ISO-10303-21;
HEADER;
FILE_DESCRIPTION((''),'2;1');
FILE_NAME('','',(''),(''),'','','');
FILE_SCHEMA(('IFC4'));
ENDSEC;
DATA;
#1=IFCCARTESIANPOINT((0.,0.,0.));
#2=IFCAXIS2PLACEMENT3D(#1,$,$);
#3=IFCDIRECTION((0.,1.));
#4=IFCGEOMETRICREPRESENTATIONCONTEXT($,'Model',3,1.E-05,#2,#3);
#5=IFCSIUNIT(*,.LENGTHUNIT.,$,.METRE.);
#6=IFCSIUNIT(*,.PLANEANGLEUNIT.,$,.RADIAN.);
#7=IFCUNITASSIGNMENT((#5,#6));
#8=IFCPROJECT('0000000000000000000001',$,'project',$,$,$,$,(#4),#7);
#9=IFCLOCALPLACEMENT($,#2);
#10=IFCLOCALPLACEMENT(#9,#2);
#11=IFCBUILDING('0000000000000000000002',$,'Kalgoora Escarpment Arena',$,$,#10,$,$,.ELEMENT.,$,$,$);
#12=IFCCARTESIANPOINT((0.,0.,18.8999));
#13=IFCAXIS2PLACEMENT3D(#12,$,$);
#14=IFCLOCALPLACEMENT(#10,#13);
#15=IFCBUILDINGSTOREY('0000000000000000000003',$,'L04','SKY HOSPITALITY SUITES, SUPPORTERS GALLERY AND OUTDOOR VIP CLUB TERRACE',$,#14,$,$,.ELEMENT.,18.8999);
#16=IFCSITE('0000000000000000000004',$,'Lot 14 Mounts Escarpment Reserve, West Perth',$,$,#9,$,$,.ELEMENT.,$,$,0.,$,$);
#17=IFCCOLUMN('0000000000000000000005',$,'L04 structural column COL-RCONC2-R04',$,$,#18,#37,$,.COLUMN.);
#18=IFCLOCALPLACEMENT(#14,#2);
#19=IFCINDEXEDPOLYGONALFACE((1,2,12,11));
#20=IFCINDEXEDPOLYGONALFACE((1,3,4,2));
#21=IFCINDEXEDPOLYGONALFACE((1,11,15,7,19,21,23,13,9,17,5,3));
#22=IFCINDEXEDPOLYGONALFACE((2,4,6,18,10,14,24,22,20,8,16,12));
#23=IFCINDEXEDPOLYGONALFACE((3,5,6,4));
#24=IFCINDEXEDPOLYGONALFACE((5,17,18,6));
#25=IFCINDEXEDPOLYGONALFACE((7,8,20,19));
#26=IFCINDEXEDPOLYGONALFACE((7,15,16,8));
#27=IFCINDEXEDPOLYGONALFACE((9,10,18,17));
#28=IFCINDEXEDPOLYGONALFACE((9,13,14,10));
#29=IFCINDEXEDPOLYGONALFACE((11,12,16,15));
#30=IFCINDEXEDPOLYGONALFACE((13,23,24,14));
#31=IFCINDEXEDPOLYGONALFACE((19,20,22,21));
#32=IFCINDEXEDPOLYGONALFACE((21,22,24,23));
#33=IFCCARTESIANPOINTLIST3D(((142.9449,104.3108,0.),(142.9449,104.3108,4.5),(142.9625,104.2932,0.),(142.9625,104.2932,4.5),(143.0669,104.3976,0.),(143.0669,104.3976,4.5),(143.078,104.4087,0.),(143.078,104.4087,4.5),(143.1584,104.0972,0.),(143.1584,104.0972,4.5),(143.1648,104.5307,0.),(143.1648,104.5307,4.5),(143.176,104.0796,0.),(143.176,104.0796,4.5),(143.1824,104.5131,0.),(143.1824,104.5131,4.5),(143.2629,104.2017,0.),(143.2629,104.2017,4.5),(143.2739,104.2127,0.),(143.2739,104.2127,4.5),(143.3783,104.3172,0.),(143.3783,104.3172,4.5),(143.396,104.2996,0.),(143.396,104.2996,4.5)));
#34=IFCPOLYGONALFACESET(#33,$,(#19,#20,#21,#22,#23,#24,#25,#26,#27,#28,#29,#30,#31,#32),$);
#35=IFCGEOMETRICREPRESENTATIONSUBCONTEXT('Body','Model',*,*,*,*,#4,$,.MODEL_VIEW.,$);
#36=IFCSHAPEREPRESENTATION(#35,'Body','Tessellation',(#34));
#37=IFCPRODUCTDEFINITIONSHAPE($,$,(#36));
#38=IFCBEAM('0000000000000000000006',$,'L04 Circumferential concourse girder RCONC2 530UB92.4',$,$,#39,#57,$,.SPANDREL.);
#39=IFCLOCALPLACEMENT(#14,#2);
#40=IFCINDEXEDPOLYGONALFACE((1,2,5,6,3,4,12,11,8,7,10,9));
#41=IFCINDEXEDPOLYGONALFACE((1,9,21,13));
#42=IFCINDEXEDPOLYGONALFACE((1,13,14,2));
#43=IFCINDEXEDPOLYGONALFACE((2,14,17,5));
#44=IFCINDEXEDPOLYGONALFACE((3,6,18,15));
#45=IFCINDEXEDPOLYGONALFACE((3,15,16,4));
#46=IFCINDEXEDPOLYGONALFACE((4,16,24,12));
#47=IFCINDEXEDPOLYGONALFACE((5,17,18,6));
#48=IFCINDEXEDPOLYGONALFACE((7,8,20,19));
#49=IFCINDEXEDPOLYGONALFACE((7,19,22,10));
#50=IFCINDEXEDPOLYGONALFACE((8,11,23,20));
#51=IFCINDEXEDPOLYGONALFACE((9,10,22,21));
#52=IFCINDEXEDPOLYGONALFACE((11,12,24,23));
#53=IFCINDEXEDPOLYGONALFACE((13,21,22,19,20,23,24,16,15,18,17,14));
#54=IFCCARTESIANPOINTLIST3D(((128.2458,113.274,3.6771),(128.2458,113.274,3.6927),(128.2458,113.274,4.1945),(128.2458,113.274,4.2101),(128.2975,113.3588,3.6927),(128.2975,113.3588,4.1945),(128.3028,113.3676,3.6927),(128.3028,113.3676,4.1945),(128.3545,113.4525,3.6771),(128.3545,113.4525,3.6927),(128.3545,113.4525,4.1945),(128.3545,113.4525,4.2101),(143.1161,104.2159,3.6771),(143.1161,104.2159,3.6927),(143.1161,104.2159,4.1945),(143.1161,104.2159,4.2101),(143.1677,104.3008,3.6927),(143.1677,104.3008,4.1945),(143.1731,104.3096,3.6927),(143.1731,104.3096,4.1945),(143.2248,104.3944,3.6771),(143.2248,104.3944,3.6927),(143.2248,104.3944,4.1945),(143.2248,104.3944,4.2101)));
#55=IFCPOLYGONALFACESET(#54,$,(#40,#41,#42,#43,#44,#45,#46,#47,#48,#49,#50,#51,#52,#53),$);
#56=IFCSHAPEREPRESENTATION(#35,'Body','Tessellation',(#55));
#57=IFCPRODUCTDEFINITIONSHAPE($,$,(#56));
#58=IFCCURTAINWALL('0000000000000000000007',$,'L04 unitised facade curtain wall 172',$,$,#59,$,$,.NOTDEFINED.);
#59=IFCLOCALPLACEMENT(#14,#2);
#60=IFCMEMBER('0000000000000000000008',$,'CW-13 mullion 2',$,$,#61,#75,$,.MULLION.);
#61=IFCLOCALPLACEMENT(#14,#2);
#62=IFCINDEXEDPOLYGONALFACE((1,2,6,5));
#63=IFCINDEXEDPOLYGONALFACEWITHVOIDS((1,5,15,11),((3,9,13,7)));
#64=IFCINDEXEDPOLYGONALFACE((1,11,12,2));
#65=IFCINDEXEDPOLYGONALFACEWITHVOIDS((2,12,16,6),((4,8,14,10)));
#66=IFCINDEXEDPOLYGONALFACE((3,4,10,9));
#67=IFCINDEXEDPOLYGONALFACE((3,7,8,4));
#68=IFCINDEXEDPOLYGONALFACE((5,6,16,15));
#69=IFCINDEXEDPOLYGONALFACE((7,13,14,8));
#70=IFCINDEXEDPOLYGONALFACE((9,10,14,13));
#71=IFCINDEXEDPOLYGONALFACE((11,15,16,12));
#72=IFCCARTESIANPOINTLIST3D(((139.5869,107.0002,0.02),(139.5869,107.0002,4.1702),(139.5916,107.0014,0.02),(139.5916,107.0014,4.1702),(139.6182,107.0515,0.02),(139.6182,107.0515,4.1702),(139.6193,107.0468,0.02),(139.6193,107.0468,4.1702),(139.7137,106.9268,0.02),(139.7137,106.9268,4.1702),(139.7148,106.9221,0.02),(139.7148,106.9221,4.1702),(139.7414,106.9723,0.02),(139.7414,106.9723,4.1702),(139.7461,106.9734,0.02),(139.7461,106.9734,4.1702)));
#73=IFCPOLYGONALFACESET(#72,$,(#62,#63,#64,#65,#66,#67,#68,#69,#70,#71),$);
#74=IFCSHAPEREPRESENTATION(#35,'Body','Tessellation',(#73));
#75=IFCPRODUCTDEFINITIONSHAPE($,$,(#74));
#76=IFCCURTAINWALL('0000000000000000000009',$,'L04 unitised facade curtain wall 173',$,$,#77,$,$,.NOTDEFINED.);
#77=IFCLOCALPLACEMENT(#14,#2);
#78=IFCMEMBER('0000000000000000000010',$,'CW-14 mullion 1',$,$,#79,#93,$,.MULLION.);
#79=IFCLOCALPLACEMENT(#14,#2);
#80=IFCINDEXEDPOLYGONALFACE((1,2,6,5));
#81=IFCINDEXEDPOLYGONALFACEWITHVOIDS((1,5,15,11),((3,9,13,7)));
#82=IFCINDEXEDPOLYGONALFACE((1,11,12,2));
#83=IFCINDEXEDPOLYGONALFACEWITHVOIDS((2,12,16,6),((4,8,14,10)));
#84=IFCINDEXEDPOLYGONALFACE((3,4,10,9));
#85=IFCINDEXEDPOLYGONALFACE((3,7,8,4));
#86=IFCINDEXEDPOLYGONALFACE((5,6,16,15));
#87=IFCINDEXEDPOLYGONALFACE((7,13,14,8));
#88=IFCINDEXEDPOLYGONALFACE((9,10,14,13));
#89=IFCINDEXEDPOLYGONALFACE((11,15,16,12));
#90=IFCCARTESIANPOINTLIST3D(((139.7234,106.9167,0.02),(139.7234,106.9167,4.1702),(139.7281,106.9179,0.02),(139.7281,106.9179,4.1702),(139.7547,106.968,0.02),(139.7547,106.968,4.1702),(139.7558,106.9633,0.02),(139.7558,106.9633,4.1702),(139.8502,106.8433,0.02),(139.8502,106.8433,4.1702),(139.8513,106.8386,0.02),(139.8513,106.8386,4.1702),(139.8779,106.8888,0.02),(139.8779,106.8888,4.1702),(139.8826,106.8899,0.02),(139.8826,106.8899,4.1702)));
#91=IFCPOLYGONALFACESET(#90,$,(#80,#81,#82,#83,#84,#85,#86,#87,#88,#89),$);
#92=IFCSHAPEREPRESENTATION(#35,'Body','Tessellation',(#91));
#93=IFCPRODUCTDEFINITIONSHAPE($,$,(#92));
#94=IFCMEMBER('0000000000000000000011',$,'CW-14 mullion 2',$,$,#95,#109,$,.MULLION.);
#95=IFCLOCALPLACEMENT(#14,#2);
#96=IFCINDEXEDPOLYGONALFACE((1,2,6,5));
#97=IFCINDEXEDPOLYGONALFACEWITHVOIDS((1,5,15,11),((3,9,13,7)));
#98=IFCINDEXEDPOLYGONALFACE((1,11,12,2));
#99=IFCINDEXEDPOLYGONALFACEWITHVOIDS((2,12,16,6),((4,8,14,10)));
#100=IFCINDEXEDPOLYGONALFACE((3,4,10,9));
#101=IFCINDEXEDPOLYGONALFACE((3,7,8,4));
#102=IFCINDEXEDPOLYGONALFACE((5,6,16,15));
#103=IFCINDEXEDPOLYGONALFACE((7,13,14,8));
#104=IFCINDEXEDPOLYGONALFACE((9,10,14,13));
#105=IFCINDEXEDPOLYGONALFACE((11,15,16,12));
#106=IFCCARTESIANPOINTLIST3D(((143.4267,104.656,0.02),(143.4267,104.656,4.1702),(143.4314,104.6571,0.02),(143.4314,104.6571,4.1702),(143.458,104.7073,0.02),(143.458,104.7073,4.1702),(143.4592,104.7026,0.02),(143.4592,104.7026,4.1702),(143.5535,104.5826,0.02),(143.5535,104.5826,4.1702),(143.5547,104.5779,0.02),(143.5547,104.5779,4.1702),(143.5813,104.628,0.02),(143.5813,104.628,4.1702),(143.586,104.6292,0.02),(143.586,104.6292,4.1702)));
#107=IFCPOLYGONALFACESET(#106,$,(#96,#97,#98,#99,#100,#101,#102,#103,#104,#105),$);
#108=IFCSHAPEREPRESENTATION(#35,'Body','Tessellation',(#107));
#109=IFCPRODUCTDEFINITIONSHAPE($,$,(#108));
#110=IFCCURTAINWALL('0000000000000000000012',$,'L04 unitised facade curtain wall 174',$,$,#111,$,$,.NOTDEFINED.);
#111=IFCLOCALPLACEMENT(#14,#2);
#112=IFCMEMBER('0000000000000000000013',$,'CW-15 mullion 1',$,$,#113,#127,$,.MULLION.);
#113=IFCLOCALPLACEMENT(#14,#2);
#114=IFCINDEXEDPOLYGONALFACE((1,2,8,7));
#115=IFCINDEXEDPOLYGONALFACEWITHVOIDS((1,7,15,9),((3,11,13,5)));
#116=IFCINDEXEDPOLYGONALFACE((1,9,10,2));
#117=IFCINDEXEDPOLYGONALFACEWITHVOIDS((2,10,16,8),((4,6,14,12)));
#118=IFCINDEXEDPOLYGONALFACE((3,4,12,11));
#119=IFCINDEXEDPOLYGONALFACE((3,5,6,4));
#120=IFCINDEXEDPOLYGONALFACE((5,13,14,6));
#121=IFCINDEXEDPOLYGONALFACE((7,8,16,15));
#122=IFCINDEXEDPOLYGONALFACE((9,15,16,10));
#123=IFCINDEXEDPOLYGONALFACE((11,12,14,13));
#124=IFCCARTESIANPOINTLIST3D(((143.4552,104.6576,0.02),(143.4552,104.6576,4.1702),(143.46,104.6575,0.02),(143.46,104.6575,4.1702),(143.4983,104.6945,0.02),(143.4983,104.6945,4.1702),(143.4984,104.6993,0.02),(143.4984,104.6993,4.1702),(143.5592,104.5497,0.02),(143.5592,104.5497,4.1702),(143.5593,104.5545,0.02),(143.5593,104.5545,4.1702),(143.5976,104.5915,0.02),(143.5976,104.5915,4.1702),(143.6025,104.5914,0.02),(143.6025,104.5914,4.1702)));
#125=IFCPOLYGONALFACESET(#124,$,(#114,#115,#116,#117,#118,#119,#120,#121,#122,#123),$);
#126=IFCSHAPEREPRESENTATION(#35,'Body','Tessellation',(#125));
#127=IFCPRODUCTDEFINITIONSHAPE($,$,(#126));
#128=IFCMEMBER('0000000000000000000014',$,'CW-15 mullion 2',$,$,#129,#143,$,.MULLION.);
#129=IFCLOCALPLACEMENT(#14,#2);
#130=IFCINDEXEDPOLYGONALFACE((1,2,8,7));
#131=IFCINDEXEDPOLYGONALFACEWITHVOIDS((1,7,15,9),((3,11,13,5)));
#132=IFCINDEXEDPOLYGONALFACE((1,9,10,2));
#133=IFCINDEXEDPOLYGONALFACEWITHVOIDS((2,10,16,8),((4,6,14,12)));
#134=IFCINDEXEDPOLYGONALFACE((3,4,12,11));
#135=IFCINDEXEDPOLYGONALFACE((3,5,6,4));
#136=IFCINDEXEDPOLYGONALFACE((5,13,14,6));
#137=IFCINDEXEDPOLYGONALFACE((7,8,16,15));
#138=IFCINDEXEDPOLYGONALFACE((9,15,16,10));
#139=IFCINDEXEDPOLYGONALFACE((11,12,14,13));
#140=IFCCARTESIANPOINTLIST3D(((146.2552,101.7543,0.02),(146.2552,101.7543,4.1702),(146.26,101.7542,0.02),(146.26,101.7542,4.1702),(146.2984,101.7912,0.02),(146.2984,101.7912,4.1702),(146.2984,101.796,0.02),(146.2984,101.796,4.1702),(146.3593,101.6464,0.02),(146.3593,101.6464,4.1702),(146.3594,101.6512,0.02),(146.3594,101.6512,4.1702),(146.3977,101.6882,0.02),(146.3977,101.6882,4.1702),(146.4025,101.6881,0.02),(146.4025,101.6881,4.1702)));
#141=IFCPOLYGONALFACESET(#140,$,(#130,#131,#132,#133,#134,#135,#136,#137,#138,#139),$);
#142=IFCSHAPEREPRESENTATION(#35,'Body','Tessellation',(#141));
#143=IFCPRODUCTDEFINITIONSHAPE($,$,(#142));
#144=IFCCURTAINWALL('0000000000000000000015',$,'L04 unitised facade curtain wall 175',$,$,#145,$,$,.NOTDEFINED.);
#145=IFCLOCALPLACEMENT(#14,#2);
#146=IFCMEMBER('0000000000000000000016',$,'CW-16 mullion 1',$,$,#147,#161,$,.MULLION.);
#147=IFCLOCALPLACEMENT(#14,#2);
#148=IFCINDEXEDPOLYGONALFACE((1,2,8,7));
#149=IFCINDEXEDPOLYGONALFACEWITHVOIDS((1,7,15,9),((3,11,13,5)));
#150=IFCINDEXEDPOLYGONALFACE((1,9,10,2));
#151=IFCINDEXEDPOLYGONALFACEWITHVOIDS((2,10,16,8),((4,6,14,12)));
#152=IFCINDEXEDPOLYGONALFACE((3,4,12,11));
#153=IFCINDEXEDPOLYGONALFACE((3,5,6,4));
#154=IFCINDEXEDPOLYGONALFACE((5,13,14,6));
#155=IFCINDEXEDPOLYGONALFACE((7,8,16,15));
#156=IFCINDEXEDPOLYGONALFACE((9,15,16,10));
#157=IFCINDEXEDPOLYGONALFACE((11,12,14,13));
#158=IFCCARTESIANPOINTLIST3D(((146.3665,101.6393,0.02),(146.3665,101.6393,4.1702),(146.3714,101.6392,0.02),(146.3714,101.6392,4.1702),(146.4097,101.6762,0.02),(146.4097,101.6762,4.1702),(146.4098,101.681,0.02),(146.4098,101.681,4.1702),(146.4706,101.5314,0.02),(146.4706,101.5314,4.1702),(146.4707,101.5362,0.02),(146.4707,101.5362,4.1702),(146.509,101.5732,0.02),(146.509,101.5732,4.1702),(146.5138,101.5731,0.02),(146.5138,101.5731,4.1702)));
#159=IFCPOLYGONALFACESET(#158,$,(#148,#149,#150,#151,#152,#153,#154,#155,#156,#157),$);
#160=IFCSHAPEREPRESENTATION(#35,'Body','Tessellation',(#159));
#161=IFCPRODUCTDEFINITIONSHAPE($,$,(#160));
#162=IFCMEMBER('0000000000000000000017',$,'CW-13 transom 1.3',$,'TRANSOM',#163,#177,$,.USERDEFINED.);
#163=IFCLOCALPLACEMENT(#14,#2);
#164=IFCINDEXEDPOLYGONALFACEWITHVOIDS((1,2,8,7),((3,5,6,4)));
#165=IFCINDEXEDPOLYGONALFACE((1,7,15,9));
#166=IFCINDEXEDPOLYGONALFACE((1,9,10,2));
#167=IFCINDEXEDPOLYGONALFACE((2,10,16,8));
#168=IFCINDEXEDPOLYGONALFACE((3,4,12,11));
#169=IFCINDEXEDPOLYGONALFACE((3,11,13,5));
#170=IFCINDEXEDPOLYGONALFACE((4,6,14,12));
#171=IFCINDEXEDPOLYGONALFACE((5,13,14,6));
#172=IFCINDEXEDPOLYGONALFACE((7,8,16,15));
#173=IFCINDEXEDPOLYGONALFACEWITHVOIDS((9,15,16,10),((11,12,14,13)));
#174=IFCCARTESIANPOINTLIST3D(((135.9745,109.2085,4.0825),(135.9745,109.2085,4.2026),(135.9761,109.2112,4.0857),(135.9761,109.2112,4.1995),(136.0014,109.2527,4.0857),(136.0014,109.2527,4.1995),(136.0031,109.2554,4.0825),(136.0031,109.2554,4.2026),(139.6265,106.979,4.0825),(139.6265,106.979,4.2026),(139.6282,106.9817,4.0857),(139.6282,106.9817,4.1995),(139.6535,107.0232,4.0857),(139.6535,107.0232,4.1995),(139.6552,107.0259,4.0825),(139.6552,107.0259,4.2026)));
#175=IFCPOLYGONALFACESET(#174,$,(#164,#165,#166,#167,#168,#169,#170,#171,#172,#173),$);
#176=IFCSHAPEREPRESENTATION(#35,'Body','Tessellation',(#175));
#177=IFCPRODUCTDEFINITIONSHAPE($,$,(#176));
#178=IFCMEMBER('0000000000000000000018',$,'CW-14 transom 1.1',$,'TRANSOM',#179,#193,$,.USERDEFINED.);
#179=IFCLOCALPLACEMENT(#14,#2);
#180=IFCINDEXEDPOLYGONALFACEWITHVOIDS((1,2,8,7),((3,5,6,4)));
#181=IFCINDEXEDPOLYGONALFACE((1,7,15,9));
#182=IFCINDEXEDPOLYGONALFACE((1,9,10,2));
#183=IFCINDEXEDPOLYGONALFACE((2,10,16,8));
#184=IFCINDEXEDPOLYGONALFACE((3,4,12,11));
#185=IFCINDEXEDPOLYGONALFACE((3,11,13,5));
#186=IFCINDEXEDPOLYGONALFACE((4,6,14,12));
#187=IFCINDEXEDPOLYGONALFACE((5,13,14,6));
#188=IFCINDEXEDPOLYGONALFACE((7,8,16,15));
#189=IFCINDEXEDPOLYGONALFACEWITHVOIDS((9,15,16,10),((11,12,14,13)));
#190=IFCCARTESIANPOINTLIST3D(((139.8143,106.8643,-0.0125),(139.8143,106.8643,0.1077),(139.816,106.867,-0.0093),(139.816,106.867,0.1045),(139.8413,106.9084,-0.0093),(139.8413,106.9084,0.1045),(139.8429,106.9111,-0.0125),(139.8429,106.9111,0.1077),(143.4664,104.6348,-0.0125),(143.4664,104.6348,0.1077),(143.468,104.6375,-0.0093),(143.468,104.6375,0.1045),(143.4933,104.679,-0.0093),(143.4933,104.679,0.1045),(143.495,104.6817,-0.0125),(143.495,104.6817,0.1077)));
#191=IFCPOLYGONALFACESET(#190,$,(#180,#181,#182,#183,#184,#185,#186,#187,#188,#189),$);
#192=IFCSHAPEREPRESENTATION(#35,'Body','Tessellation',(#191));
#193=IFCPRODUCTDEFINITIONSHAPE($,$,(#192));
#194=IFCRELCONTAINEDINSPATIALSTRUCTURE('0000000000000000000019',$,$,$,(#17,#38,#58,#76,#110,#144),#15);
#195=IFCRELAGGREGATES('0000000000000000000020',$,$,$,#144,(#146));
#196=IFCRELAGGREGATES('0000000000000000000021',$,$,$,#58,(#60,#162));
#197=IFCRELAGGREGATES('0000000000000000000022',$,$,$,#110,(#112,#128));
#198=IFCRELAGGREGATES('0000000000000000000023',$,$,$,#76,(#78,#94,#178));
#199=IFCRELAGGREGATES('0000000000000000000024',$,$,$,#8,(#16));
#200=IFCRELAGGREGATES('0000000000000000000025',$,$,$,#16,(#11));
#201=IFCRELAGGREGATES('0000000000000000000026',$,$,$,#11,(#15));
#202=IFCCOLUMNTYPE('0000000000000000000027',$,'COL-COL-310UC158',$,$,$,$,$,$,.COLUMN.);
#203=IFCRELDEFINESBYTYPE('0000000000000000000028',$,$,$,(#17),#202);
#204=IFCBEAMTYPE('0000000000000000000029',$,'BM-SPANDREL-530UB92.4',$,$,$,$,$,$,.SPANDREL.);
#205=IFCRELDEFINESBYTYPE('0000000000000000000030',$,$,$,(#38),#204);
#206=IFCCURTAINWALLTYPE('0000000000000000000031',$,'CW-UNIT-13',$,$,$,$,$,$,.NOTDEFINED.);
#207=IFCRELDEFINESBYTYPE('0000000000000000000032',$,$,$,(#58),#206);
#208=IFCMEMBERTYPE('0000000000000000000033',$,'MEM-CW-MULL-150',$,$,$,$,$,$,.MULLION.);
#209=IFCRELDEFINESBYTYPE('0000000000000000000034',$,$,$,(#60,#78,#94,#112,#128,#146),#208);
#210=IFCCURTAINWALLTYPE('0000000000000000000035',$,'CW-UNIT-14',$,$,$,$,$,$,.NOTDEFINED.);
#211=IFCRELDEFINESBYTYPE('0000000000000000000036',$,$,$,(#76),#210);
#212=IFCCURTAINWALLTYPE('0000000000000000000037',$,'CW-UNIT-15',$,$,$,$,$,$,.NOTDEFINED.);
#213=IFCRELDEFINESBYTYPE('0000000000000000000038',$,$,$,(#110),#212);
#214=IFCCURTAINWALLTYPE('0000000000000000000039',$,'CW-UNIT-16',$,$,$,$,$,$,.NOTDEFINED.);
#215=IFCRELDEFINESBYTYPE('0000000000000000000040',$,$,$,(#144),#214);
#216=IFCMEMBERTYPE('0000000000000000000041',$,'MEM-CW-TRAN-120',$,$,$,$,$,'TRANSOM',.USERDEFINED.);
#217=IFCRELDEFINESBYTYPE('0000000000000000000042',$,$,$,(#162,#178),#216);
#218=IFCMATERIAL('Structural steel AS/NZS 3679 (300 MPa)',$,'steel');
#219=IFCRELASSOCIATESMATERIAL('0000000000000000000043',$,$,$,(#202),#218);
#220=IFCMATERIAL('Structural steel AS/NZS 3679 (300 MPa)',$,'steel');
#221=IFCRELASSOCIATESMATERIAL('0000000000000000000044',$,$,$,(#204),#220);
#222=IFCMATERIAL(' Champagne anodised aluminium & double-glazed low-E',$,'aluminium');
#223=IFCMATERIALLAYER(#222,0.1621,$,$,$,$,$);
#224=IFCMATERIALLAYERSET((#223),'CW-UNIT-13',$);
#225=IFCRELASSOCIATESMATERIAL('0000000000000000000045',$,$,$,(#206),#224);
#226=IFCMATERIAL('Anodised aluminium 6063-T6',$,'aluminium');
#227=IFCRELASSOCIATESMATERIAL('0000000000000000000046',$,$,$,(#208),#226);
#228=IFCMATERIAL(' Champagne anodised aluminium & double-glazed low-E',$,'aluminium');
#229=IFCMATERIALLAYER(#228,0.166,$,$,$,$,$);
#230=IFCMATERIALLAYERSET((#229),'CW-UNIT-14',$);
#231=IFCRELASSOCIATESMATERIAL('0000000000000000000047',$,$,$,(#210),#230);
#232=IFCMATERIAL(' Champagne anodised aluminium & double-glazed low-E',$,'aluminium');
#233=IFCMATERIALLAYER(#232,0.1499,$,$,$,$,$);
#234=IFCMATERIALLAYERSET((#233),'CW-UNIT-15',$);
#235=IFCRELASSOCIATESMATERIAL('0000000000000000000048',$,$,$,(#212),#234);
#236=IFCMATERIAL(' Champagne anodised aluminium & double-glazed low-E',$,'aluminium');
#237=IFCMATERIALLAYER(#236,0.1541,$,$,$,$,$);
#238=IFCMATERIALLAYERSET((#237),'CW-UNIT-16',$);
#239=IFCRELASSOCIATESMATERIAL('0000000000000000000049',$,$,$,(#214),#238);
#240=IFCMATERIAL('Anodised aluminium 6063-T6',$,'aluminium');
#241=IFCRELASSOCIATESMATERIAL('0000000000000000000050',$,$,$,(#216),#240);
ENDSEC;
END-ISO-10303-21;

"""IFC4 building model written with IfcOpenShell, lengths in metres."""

from ifc_helpers import new_model, si_unit, direction, frame, origin, origin_2d, place, context, subcontext, project, spatial, hollow_rectangle, i_section, extrude, material, layer, layer_set, material_profile, profile_set, type_object, element, aggregate, save


model = new_model("IFC4")

# Units and contexts
model_context = context("Model", 3, precision=1e-05, world=origin(), true_north=direction((0.0, 1.0)))
body_context = subcontext(model_context, "Body", "Model", "MODEL_VIEW")
ifc_project = project(units=[si_unit("LENGTHUNIT", "METRE"), si_unit("PLANEANGLEUNIT", "RADIAN")], contexts=[model_context])

# Site, building, storey
site_placement = place(None, origin())
site = spatial("IfcSite", under=ifc_project, at=site_placement, Name="Lot 14 Mounts Escarpment Reserve, West Perth", CompositionType="ELEMENT", RefElevation=0.0)
building_placement = place(site_placement, origin())
building = spatial("IfcBuilding", under=site, at=building_placement, Name="Kalgoora Escarpment Arena", CompositionType="ELEMENT")
storey_placement = place(building_placement, frame((0.0, 0.0, 18.8999)))
storey = spatial("IfcBuildingStorey", under=building, at=storey_placement, Name="L04", Description="SKY HOSPITALITY SUITES, SUPPORTERS GALLERY AND OUTDOOR VIP CLUB TERRACE", CompositionType="ELEMENT", Elevation=18.8999)

# Column
ifc_material_1 = material(Name="Structural steel AS/NZS 3679 (300 MPa)", Category="steel")
ifc_material_profile_1 = material_profile(ifc_material_1, i_section(OverallWidth=0.311, OverallDepth=0.3269, WebThickness=0.0156, FlangeThickness=0.0249, at=origin_2d()))
ifc_profile_set_1 = profile_set([ifc_material_profile_1], Name="Structural steel AS/NZS 3679 (300 MPa)")
column_type = type_object("IfcColumnType", Name="COL-COL-310UC158", PredefinedType="COLUMN", material=ifc_profile_set_1)
column_placement = place(storey_placement, frame((143.1704, 104.3052, 0.0), z_axis=(0.0, 0.0, 1.0), x_axis=(0.707107, 0.707107, 0.0)))
element("IfcColumn", 1, at=column_placement, inside=storey, type_object=column_type, Name="L04 structural column COL-RCONC2-R04", PredefinedType="COLUMN", context=body_context, shape_type="SweptSolid", body=[
    extrude(i_section(OverallWidth=0.311, OverallDepth=0.3269, WebThickness=0.0156, FlangeThickness=0.0249, at=origin_2d()), origin(), (0.0, 0.0, 1.0), 4.5),
])

# Beam
ifc_material_2 = material(Name="Structural steel AS/NZS 3679 (300 MPa)", Category="steel")
ifc_material_profile_2 = material_profile(ifc_material_2, i_section(OverallWidth=0.209, OverallDepth=0.533, WebThickness=0.0103, FlangeThickness=0.0156, at=origin_2d()))
ifc_profile_set_2 = profile_set([ifc_material_profile_2], Name="Structural steel AS/NZS 3679 (300 MPa)")
beam_type = type_object("IfcBeamType", Name="BM-SPANDREL-530UB92.4", PredefinedType="SPANDREL", material=ifc_profile_set_2)
beam_placement = place(storey_placement, frame((143.1704, 104.3052, 3.9436), z_axis=(-0.854031, 0.520223, 0.0), x_axis=(-0.520223, -0.854031, 0.0)))
element("IfcBeam", 2, at=beam_placement, inside=storey, type_object=beam_type, Name="L04 Circumferential concourse girder RCONC2 530UB92.4", PredefinedType="SPANDREL", context=body_context, shape_type="SweptSolid", body=[
    extrude(i_section(OverallWidth=0.209, OverallDepth=0.533, WebThickness=0.0103, FlangeThickness=0.0156, at=origin_2d()), origin(), (0.0, 0.0, 1.0), 17.4119),
])

# Curtain wall, member
ifc_material_3 = material(Name=" Champagne anodised aluminium & double-glazed low-E", Category="aluminium")
ifc_layer_1 = layer(ifc_material_3, 0.1621)
ifc_layer_set_1 = layer_set([ifc_layer_1], Name="CW-UNIT-13")
curtain_wall_type_1 = type_object("IfcCurtainWallType", Name="CW-UNIT-13", PredefinedType="NOTDEFINED", material=ifc_layer_set_1)
curtain_wall_1_placement = place(storey_placement, origin())
curtain_wall_1 = element("IfcCurtainWall", 3, at=curtain_wall_1_placement, inside=storey, type_object=curtain_wall_type_1, Name="L04 unitised facade curtain wall 172", PredefinedType="NOTDEFINED")
ifc_material_4 = material(Name="Anodised aluminium 6063-T6", Category="aluminium")
ifc_material_profile_3 = material_profile(ifc_material_4, hollow_rectangle(XDim=0.0601, YDim=0.1499, WallThickness=0.0034, at=origin_2d()))
ifc_profile_set_3 = profile_set([ifc_material_profile_3], Name="Anodised aluminium 6063-T6")
member_type_1 = type_object("IfcMemberType", Name="MEM-CW-MULL-150", PredefinedType="MULLION", material=ifc_profile_set_3)
member_1_placement = place(storey_placement, frame((139.6665, 106.9868, 0.02), z_axis=(0.0, 0.0, 1.0), x_axis=(0.521067, 0.853516, 0.0)))
member_1 = element("IfcMember", 4, at=member_1_placement, type_object=member_type_1, Name="CW-13 mullion 2", PredefinedType="MULLION", context=body_context, shape_type="SweptSolid", body=[
    extrude(hollow_rectangle(XDim=0.0601, YDim=0.1499, WallThickness=0.0034, at=origin_2d()), origin(), (0.0, 0.0, 1.0), 4.1501),
])

# Curtain walls, members
ifc_material_5 = material(Name=" Champagne anodised aluminium & double-glazed low-E", Category="aluminium")
ifc_layer_2 = layer(ifc_material_5, 0.166)
ifc_layer_set_2 = layer_set([ifc_layer_2], Name="CW-UNIT-14")
curtain_wall_type_2 = type_object("IfcCurtainWallType", Name="CW-UNIT-14", PredefinedType="NOTDEFINED", material=ifc_layer_set_2)
curtain_wall_2_placement = place(storey_placement, origin())
curtain_wall_2 = element("IfcCurtainWall", 5, at=curtain_wall_2_placement, inside=storey, type_object=curtain_wall_type_2, Name="L04 unitised facade curtain wall 173", PredefinedType="NOTDEFINED")
member_2_placement = place(storey_placement, frame((139.803, 106.9033, 0.02), z_axis=(0.0, 0.0, 1.0), x_axis=(0.52104, 0.853532, 0.0)))
member_2 = element("IfcMember", 6, at=member_2_placement, type_object=member_type_1, Name="CW-14 mullion 1", PredefinedType="MULLION", context=body_context, shape_type="SweptSolid", body=[
    extrude(hollow_rectangle(XDim=0.0601, YDim=0.1499, WallThickness=0.0034, at=origin_2d()), origin(), (0.0, 0.0, 1.0), 4.1501),
])
member_3_placement = place(storey_placement, frame((143.5063, 104.6426, 0.02), z_axis=(0.0, 0.0, 1.0), x_axis=(0.52104, 0.853532, 0.0)))
member_3 = element("IfcMember", 7, at=member_3_placement, type_object=member_type_1, Name="CW-14 mullion 2", PredefinedType="MULLION", context=body_context, shape_type="SweptSolid", body=[
    extrude(hollow_rectangle(XDim=0.0601, YDim=0.1499, WallThickness=0.0034, at=origin_2d()), origin(), (0.0, 0.0, 1.0), 4.1501),
])
ifc_material_6 = material(Name=" Champagne anodised aluminium & double-glazed low-E", Category="aluminium")
ifc_layer_3 = layer(ifc_material_6, 0.1499)
ifc_layer_set_3 = layer_set([ifc_layer_3], Name="CW-UNIT-15")
curtain_wall_type_3 = type_object("IfcCurtainWallType", Name="CW-UNIT-15", PredefinedType="NOTDEFINED", material=ifc_layer_set_3)
curtain_wall_3_placement = place(storey_placement, origin())
curtain_wall_3 = element("IfcCurtainWall", 8, at=curtain_wall_3_placement, inside=storey, type_object=curtain_wall_type_3, Name="L04 unitised facade curtain wall 174", PredefinedType="NOTDEFINED")
member_4_placement = place(storey_placement, frame((143.5288, 104.6245, 0.02), z_axis=(0.0, 0.0, 1.0), x_axis=(0.71978, 0.694202, 0.0)))
member_4 = element("IfcMember", 9, at=member_4_placement, type_object=member_type_1, Name="CW-15 mullion 1", PredefinedType="MULLION", context=body_context, shape_type="SweptSolid", body=[
    extrude(hollow_rectangle(XDim=0.0601, YDim=0.1499, WallThickness=0.0034, at=origin_2d()), origin(), (0.0, 0.0, 1.0), 4.1501),
])
member_5_placement = place(storey_placement, frame((146.3289, 101.7212, 0.02), z_axis=(0.0, 0.0, 1.0), x_axis=(0.71978, 0.694202, 0.0)))
member_5 = element("IfcMember", 10, at=member_5_placement, type_object=member_type_1, Name="CW-15 mullion 2", PredefinedType="MULLION", context=body_context, shape_type="SweptSolid", body=[
    extrude(hollow_rectangle(XDim=0.0601, YDim=0.1499, WallThickness=0.0034, at=origin_2d()), origin(), (0.0, 0.0, 1.0), 4.1501),
])

# Curtain wall, member
ifc_material_7 = material(Name=" Champagne anodised aluminium & double-glazed low-E", Category="aluminium")
ifc_layer_4 = layer(ifc_material_7, 0.1541)
ifc_layer_set_4 = layer_set([ifc_layer_4], Name="CW-UNIT-16")
curtain_wall_type_4 = type_object("IfcCurtainWallType", Name="CW-UNIT-16", PredefinedType="NOTDEFINED", material=ifc_layer_set_4)
curtain_wall_4_placement = place(storey_placement, origin())
curtain_wall_4 = element("IfcCurtainWall", 11, at=curtain_wall_4_placement, inside=storey, type_object=curtain_wall_type_4, Name="L04 unitised facade curtain wall 175", PredefinedType="NOTDEFINED")
member_6_placement = place(storey_placement, frame((146.4402, 101.6062, 0.02), z_axis=(0.0, 0.0, 1.0), x_axis=(0.719777, 0.694205, 0.0)))
member_6 = element("IfcMember", 12, at=member_6_placement, type_object=member_type_1, Name="CW-16 mullion 1", PredefinedType="MULLION", context=body_context, shape_type="SweptSolid", body=[
    extrude(hollow_rectangle(XDim=0.0601, YDim=0.1499, WallThickness=0.0034, at=origin_2d()), origin(), (0.0, 0.0, 1.0), 4.1501),
])
aggregate(curtain_wall_4, [member_6])

# Members
ifc_material_8 = material(Name="Anodised aluminium 6063-T6", Category="aluminium")
ifc_material_profile_4 = material_profile(ifc_material_8, hollow_rectangle(XDim=0.0549, YDim=0.1201, WallThickness=0.0032, at=origin_2d()))
ifc_profile_set_4 = profile_set([ifc_material_profile_4], Name="Anodised aluminium 6063-T6")
member_type_2 = type_object("IfcMemberType", Name="MEM-CW-TRAN-120", ElementType="TRANSOM", PredefinedType="USERDEFINED", material=ifc_profile_set_4)
member_7_placement = place(storey_placement, frame((135.9888, 109.2319, 4.1426), z_axis=(0.853526, -0.521051, 0.0), x_axis=(0.521051, 0.853526, 0.0)))
member_7 = element("IfcMember", 13, at=member_7_placement, type_object=member_type_2, Name="CW-13 transom 1.3", ObjectType="TRANSOM", PredefinedType="USERDEFINED", context=body_context, shape_type="SweptSolid", body=[
    extrude(hollow_rectangle(XDim=0.0549, YDim=0.1201, WallThickness=0.0032, at=origin_2d()), origin(), (0.0, 0.0, 1.0), 4.2788),
])
member_8_placement = place(storey_placement, frame((139.8286, 106.8877, 0.0476), z_axis=(0.853526, -0.521051, 0.0), x_axis=(0.521051, 0.853526, 0.0)))
member_8 = element("IfcMember", 14, at=member_8_placement, type_object=member_type_2, Name="CW-14 transom 1.1", ObjectType="TRANSOM", PredefinedType="USERDEFINED", context=body_context, shape_type="SweptSolid", body=[
    extrude(hollow_rectangle(XDim=0.0549, YDim=0.1201, WallThickness=0.0032, at=origin_2d()), origin(), (0.0, 0.0, 1.0), 4.2788),
])

aggregate(curtain_wall_1, [member_1, member_7])
aggregate(curtain_wall_3, [member_4, member_5])
aggregate(curtain_wall_2, [member_2, member_3, member_8])

save(model, "model.ifc")
